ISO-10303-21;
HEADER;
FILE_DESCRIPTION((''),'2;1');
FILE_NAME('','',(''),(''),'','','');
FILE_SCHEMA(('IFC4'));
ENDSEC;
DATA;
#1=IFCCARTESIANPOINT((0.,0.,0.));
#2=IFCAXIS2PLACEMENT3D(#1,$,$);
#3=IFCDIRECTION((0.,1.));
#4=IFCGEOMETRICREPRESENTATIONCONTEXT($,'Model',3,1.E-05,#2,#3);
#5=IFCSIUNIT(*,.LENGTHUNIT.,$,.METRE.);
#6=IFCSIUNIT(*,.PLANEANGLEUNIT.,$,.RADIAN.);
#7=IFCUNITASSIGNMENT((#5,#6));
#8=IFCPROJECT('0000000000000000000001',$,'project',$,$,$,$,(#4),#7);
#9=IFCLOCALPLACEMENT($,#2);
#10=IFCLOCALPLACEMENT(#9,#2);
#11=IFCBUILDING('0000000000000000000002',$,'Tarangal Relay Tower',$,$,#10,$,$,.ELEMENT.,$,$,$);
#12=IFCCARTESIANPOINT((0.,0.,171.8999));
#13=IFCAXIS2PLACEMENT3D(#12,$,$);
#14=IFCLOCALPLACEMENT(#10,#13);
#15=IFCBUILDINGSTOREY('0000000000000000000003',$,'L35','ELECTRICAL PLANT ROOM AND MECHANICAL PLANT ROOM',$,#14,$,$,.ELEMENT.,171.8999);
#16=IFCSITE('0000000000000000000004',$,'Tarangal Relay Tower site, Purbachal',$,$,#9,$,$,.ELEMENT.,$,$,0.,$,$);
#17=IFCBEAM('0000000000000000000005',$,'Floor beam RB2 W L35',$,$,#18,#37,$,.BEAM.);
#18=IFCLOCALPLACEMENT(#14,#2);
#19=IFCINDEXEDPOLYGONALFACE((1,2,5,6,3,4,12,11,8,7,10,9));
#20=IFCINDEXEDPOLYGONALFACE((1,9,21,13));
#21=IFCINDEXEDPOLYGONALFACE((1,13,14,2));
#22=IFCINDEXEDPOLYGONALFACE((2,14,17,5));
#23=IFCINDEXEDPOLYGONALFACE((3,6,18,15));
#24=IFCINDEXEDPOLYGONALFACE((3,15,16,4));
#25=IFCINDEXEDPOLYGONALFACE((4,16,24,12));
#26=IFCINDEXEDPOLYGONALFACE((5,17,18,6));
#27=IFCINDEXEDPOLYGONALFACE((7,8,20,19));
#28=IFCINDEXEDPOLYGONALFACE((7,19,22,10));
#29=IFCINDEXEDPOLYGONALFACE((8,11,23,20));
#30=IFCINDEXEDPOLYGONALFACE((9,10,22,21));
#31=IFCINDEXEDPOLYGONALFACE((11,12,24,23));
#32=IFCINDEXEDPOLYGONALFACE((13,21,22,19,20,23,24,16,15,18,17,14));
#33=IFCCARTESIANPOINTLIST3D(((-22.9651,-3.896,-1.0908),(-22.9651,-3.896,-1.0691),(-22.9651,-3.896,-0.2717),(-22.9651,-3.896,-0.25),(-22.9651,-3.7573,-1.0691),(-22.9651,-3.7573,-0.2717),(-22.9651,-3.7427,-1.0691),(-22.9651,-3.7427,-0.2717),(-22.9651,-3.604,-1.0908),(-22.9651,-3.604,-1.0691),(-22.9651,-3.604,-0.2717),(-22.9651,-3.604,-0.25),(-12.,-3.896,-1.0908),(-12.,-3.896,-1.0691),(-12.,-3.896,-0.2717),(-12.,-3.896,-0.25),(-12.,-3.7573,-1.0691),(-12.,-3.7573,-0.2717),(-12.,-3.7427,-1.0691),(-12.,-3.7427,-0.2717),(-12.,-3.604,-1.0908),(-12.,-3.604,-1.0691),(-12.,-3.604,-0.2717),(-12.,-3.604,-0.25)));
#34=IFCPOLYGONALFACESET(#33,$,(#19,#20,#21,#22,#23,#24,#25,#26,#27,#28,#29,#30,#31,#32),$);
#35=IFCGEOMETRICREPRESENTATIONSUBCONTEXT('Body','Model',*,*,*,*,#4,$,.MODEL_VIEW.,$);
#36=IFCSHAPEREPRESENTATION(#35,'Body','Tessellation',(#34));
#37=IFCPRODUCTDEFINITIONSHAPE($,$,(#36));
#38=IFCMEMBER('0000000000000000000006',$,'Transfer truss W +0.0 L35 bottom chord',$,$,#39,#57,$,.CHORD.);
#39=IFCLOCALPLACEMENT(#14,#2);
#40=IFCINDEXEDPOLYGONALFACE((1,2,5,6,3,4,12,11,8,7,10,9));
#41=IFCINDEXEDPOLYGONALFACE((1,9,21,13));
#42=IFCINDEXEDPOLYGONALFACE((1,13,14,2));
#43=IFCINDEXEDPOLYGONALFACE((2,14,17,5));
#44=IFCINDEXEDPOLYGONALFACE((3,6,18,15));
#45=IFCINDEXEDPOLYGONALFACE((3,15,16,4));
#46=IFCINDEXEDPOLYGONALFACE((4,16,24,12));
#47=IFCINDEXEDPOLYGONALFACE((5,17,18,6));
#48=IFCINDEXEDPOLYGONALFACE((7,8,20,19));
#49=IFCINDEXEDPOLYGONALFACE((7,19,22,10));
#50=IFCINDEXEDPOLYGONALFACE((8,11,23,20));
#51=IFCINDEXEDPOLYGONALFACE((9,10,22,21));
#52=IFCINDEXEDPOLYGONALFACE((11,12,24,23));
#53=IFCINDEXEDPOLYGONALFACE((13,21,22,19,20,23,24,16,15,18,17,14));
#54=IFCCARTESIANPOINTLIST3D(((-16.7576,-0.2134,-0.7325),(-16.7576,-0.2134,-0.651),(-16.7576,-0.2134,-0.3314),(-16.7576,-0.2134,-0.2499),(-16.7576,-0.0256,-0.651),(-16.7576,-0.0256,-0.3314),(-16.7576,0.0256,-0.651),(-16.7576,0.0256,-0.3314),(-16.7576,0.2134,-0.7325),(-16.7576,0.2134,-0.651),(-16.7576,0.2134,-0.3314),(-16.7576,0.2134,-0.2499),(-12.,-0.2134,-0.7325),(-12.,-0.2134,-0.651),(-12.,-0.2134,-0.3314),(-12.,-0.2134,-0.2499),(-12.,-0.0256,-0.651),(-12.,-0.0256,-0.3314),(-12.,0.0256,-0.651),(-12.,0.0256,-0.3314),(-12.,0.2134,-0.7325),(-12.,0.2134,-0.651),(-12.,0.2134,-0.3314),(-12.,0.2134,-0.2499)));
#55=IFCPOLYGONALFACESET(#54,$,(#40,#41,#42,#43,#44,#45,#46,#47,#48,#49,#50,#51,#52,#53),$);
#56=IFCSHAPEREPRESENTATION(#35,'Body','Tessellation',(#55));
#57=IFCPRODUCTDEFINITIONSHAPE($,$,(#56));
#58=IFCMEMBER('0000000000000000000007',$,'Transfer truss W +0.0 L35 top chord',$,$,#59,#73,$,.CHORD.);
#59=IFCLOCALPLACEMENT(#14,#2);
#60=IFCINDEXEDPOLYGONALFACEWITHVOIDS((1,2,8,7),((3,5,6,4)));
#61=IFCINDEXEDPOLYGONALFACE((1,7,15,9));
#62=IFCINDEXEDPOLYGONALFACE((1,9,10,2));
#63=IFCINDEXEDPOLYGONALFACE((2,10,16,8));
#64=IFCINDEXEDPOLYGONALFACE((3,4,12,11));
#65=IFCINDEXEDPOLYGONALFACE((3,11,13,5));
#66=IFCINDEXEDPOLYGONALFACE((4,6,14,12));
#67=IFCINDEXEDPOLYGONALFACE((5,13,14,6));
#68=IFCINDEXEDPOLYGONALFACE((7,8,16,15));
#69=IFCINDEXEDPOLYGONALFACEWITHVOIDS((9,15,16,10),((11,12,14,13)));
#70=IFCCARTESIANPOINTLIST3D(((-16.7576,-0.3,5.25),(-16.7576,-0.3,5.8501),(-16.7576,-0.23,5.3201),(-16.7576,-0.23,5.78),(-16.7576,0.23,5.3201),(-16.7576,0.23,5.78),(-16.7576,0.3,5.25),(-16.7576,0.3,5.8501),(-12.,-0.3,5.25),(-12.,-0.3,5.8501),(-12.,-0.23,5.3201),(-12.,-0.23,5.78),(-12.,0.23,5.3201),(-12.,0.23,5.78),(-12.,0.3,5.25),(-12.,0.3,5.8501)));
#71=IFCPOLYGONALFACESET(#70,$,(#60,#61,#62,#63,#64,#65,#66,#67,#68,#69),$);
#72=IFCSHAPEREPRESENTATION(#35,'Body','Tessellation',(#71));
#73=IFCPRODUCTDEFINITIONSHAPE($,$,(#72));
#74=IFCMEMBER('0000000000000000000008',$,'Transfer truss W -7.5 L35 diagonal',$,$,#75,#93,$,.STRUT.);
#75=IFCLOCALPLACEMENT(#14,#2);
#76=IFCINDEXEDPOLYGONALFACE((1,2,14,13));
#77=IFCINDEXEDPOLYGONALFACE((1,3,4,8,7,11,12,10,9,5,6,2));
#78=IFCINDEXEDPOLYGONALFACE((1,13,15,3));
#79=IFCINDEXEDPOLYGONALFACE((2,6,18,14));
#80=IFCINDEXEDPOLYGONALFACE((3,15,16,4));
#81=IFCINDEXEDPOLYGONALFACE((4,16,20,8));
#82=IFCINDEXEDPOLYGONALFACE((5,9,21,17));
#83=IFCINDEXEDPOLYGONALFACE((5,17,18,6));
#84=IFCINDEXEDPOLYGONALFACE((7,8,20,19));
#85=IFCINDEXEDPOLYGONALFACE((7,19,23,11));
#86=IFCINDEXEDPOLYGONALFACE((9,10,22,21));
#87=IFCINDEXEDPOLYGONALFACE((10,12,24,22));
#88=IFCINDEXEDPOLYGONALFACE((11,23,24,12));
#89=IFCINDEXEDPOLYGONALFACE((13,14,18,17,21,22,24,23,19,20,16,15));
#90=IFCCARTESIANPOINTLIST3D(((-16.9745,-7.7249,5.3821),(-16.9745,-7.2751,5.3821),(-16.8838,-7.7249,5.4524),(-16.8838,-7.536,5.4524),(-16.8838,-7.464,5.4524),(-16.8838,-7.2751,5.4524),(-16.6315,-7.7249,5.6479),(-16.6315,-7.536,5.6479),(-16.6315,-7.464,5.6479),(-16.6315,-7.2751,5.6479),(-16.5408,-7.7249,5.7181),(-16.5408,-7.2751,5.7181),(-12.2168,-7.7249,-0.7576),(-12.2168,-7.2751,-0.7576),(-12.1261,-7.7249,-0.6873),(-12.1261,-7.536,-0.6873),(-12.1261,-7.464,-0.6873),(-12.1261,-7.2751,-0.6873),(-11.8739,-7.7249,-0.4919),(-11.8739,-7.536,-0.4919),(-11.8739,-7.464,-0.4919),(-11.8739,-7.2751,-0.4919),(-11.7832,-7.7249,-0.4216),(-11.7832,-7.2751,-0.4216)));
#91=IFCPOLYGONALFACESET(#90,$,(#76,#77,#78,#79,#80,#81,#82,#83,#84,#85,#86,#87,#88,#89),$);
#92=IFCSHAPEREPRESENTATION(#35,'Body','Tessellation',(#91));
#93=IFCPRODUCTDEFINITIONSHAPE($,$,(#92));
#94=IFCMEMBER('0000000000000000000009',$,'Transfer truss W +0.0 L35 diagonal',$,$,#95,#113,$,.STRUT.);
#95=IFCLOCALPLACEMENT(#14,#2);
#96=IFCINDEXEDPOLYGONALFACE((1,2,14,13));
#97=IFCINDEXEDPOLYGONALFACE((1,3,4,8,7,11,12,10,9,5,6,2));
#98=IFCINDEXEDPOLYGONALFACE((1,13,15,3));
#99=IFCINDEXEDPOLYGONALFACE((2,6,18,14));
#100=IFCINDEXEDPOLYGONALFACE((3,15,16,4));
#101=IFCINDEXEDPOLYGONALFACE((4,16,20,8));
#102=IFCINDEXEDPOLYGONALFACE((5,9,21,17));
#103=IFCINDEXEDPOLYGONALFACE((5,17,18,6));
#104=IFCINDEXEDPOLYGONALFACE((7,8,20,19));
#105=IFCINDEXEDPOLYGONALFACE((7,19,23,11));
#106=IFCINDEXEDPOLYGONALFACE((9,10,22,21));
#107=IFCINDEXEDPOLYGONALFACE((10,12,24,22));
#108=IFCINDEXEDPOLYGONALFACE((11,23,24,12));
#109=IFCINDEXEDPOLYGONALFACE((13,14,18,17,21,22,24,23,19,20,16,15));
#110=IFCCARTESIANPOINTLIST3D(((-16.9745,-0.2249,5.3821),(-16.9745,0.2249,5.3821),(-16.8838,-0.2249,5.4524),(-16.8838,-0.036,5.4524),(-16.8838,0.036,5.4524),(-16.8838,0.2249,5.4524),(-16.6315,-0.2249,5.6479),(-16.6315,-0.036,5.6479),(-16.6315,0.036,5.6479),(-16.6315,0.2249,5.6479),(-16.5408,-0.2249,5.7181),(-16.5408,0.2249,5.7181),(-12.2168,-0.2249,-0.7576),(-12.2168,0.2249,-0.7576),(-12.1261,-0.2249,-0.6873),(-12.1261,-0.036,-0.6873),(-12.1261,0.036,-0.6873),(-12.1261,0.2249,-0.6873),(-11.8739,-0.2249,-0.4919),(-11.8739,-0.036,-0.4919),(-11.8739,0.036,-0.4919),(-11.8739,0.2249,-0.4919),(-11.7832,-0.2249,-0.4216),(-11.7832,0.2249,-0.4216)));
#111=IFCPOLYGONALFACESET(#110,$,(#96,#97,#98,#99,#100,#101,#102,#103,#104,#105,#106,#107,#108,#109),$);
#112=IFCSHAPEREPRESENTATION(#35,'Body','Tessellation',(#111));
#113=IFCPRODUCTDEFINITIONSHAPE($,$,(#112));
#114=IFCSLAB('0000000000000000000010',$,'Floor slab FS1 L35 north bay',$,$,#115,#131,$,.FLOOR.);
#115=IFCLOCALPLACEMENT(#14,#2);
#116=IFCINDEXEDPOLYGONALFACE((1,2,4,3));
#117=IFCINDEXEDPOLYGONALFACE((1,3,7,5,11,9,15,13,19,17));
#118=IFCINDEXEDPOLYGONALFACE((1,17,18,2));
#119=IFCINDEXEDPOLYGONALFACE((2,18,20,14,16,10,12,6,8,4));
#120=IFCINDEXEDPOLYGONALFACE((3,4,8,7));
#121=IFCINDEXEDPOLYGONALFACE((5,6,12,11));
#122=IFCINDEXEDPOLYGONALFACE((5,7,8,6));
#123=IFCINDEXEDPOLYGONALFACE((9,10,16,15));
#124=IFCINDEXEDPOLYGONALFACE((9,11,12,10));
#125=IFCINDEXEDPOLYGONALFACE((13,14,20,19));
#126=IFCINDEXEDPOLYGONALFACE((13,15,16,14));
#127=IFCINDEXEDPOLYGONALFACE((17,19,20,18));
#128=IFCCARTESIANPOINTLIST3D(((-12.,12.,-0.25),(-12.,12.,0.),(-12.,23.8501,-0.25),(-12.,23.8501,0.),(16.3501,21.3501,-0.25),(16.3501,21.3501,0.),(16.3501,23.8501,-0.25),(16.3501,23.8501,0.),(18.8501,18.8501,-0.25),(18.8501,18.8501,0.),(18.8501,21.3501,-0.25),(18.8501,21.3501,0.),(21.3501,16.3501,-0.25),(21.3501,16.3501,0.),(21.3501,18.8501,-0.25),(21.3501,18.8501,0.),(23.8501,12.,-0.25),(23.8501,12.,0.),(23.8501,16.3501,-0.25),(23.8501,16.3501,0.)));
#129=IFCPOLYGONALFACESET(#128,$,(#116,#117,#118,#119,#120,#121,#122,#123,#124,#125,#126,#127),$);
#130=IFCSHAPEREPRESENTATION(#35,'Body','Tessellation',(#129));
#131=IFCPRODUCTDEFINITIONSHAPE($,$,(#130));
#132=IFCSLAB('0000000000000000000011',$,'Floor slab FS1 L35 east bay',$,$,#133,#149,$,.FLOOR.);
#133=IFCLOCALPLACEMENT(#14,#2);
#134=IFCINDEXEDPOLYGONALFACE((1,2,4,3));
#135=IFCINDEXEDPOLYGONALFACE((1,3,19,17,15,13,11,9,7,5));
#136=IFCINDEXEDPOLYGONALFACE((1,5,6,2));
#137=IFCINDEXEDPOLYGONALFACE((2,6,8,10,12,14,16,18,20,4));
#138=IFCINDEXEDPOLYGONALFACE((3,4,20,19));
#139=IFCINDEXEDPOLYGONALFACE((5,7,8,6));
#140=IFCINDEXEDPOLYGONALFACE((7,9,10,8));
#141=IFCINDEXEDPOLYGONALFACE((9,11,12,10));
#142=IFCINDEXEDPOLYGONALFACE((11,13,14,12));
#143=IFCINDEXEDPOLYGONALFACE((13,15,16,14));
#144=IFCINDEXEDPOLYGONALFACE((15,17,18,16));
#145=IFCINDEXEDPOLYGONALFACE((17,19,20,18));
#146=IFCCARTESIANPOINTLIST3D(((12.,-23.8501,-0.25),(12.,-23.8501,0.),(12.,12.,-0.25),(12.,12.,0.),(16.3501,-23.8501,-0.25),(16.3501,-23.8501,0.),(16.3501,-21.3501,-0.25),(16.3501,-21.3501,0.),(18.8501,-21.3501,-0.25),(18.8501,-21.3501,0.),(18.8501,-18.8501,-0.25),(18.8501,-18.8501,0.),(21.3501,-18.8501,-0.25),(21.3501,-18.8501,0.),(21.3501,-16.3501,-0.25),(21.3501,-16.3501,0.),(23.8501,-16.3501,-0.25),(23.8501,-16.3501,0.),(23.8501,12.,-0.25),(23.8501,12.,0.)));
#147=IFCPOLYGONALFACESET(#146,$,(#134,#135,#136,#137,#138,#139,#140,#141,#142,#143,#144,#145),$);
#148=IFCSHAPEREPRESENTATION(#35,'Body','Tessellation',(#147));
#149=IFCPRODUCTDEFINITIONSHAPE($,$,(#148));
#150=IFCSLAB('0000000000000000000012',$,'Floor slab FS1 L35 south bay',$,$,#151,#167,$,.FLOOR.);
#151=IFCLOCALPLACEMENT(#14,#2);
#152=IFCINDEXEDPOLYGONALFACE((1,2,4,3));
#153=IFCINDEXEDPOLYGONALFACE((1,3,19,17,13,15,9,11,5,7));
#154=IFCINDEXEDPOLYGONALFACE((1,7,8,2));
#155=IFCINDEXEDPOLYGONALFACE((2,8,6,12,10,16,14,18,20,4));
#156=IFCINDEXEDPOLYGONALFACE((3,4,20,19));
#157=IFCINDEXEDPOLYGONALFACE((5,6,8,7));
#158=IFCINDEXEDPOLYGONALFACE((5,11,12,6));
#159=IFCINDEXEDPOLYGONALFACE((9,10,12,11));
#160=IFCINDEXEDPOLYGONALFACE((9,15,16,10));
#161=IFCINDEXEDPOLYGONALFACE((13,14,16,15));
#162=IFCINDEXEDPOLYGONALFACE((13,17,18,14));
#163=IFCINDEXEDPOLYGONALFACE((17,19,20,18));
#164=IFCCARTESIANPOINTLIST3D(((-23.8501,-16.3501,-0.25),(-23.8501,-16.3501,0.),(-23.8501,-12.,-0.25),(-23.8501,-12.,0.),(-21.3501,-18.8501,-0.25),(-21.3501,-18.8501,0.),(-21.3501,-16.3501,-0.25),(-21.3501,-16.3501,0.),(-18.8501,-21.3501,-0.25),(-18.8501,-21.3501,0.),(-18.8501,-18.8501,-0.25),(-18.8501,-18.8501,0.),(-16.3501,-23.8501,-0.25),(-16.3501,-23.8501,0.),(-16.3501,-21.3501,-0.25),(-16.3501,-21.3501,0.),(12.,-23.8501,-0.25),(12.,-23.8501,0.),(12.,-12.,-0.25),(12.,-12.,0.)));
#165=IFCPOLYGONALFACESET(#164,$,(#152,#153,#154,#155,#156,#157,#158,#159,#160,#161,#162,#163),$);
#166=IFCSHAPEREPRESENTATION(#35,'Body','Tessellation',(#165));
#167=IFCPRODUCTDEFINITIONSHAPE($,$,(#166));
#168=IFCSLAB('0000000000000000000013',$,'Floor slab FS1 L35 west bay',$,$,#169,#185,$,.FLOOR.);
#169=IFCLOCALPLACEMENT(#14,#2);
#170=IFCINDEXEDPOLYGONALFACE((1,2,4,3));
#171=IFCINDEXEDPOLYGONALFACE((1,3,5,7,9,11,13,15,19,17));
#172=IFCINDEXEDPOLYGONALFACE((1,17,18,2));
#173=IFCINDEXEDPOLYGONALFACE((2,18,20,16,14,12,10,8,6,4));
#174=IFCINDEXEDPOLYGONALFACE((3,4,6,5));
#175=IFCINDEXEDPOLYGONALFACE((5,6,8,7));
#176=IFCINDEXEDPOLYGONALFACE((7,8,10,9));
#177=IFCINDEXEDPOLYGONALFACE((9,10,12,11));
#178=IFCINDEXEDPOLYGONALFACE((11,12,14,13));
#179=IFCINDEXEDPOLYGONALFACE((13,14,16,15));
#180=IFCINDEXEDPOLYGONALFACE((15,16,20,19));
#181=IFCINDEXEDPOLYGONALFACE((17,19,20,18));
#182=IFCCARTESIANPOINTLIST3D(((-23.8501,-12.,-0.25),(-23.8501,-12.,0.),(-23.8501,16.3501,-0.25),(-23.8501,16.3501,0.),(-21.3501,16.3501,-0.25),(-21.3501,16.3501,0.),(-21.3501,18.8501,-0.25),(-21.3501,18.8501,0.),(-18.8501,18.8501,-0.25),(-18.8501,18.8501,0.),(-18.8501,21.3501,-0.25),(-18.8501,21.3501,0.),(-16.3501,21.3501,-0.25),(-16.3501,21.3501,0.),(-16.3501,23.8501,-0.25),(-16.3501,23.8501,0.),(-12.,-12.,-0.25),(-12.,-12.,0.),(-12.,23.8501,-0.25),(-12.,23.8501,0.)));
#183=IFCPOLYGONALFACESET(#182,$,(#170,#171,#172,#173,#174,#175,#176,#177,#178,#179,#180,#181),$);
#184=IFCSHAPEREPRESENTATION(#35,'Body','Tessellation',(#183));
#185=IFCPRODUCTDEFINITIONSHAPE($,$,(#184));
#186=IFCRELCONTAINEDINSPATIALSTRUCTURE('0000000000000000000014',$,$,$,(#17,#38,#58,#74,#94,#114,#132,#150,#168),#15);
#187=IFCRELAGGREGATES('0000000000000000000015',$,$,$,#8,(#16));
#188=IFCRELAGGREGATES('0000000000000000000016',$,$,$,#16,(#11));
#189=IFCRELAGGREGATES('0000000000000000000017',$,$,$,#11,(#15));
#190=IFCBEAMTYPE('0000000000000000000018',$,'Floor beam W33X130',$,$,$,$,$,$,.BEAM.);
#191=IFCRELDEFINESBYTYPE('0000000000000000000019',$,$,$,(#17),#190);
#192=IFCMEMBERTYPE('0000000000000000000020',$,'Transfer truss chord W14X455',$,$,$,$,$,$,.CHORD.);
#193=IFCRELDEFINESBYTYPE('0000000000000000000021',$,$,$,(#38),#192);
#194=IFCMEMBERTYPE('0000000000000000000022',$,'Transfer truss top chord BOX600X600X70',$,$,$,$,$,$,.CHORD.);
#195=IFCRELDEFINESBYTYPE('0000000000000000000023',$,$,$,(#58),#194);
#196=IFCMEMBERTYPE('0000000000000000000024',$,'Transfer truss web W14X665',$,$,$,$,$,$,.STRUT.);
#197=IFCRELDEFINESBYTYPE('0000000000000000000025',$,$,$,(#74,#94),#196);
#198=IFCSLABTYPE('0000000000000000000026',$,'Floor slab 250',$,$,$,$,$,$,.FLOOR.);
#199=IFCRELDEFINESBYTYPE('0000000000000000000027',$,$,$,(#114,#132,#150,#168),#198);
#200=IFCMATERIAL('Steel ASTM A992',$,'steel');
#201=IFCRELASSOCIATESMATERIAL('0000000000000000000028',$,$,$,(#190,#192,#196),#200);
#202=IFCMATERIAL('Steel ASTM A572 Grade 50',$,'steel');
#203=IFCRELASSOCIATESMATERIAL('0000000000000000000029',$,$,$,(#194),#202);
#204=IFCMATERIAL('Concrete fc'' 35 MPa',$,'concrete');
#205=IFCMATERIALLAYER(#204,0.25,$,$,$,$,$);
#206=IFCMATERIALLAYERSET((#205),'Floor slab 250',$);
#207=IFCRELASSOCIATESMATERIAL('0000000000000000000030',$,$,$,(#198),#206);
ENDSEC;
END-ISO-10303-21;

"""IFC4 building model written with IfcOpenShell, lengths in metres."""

from ifc_helpers import new_model, si_unit, direction, frame, origin, origin_2d, place, context, subcontext, project, spatial, polyline, hollow_rectangle, i_section, outline, extrude, material, layer, layer_set, material_profile, profile_set, type_object, element, save


model = new_model("IFC4")

# Units and contexts
model_context = context("Model", 3, precision=1e-05, world=origin(), true_north=direction((0.0, 1.0)))
body_context = subcontext(model_context, "Body", "Model", "MODEL_VIEW")
ifc_project = project(units=[si_unit("LENGTHUNIT", "METRE"), si_unit("PLANEANGLEUNIT", "RADIAN")], contexts=[model_context])

# Site, building, storey
site_placement = place(None, origin())
site = spatial("IfcSite", under=ifc_project, at=site_placement, Name="Tarangal Relay Tower site, Purbachal", CompositionType="ELEMENT", RefElevation=0.0)
building_placement = place(site_placement, origin())
building = spatial("IfcBuilding", under=site, at=building_placement, Name="Tarangal Relay Tower", CompositionType="ELEMENT")
storey_placement = place(building_placement, frame((0.0, 0.0, 171.8999)))
storey = spatial("IfcBuildingStorey", under=building, at=storey_placement, Name="L35", Description="ELECTRICAL PLANT ROOM AND MECHANICAL PLANT ROOM", CompositionType="ELEMENT", Elevation=171.8999)

# Beam
ifc_material_1 = material(Name="Steel ASTM A992", Category="steel")
ifc_material_profile_1 = material_profile(ifc_material_1, i_section(OverallWidth=0.292, OverallDepth=0.8408, WebThickness=0.0146, FlangeThickness=0.0217, at=origin_2d()), Name="W33X130")
ifc_profile_set_1 = profile_set([ifc_material_profile_1], Name="Steel ASTM A992")
beam_type = type_object("IfcBeamType", Name="Floor beam W33X130", PredefinedType="BEAM", material=ifc_profile_set_1)
beam_placement = place(storey_placement, frame((-12.0, -3.75, -0.6704), z_axis=(-1.0, 0.0, 0.0), x_axis=(0.0, -1.0, 0.0)))
element("IfcBeam", 1, at=beam_placement, inside=storey, type_object=beam_type, Name="Floor beam RB2 W L35", PredefinedType="BEAM", context=body_context, shape_type="SweptSolid", body=[
    extrude(i_section(OverallWidth=0.292, OverallDepth=0.8408, WebThickness=0.0146, FlangeThickness=0.0217, at=origin_2d()), origin(), (0.0, 0.0, 1.0), 10.9651),
])

# Members
ifc_material_profile_2 = material_profile(ifc_material_1, i_section(OverallWidth=0.4268, OverallDepth=0.4827, WebThickness=0.0513, FlangeThickness=0.0815, at=origin_2d()), Name="W14X455")
ifc_profile_set_2 = profile_set([ifc_material_profile_2], Name="Steel ASTM A992")
member_type_1 = type_object("IfcMemberType", Name="Transfer truss chord W14X455", PredefinedType="CHORD", material=ifc_profile_set_2)
member_1_placement = place(storey_placement, frame((-12.0, 0.0, -0.4912), z_axis=(-1.0, 0.0, 0.0), x_axis=(0.0, -1.0, 0.0)))
element("IfcMember", 2, at=member_1_placement, inside=storey, type_object=member_type_1, Name="Transfer truss W +0.0 L35 bottom chord", PredefinedType="CHORD", context=body_context, shape_type="SweptSolid", body=[
    extrude(i_section(OverallWidth=0.4268, OverallDepth=0.4827, WebThickness=0.0513, FlangeThickness=0.0815, at=origin_2d()), origin(), (0.0, 0.0, 1.0), 4.7576),
])
ifc_material_2 = material(Name="Steel ASTM A572 Grade 50", Category="steel")
ifc_material_profile_3 = material_profile(ifc_material_2, hollow_rectangle(XDim=0.6001, YDim=0.6001, WallThickness=0.0701, at=origin_2d()), Name="BOX600X600X70")
ifc_profile_set_3 = profile_set([ifc_material_profile_3], Name="Steel ASTM A572 Grade 50")
member_type_2 = type_object("IfcMemberType", Name="Transfer truss top chord BOX600X600X70", PredefinedType="CHORD", material=ifc_profile_set_3)
member_2_placement = place(storey_placement, frame((-12.0, 0.0, 5.55), z_axis=(-1.0, 0.0, 0.0), x_axis=(0.0, -1.0, 0.0)))
element("IfcMember", 3, at=member_2_placement, inside=storey, type_object=member_type_2, Name="Transfer truss W +0.0 L35 top chord", PredefinedType="CHORD", context=body_context, shape_type="SweptSolid", body=[
    extrude(hollow_rectangle(XDim=0.6001, YDim=0.6001, WallThickness=0.0701, at=origin_2d()), origin(), (0.0, 0.0, 1.0), 4.7576),
])
ifc_material_profile_4 = material_profile(ifc_material_1, i_section(OverallWidth=0.4497, OverallDepth=0.5486, WebThickness=0.072, FlangeThickness=0.1147, at=origin_2d()), Name="W14X665")
ifc_profile_set_4 = profile_set([ifc_material_profile_4], Name="Steel ASTM A992")
member_type_3 = type_object("IfcMemberType", Name="Transfer truss web W14X665", PredefinedType="STRUT", material=ifc_profile_set_4)
for number, where, z_axis, x_axis, name in (
    (4, (-12.0, -7.5, -0.5896), (-0.612519, 0.0, 0.790456), (0.0, -1.0, 0.0), "Transfer truss W -7.5 L35 diagonal"),
    (5, (-12.0, 0.0, -0.5896), (-0.612519, 0.0, 0.790456), (0.0, -1.0, 0.0), "Transfer truss W +0.0 L35 diagonal"),
):
    element("IfcMember", number, at=place(storey_placement, frame(where, z_axis=z_axis, x_axis=x_axis)), inside=storey, type_object=member_type_3, Name=name, PredefinedType="STRUT", context=body_context, shape_type="SweptSolid", body=[
        extrude(i_section(OverallWidth=0.4497, OverallDepth=0.5486, WebThickness=0.072, FlangeThickness=0.1147, at=origin_2d()), origin(), (0.0, 0.0, 1.0), 7.7673),
    ])

# Slabs
ifc_material_3 = material(Name="Concrete fc' 35 MPa", Category="concrete")
ifc_layer_1 = layer(ifc_material_3, 0.25)
ifc_layer_set_1 = layer_set([ifc_layer_1], Name="Floor slab 250")
slab_type = type_object("IfcSlabType", Name="Floor slab 250", PredefinedType="FLOOR", material=ifc_layer_set_1)
slab_1_placement = place(storey_placement, frame((0.0, 0.0, -0.25)))
element("IfcSlab", 6, at=slab_1_placement, inside=storey, type_object=slab_type, Name="Floor slab FS1 L35 north bay", PredefinedType="FLOOR", context=body_context, shape_type="SweptSolid", body=[
    extrude(outline(polyline([(16.3501, 23.8501), (16.3501, 21.3501), (18.8501, 21.3501), (18.8501, 18.8501), (21.3501, 18.8501), (21.3501, 16.3501), (23.8501, 16.3501), (23.8501, 12.0), (-12.0, 12.0), (-12.0, 23.8501), (16.3501, 23.8501)])), origin(), (0.0, 0.0, 1.0), 0.25),
])
slab_2_placement = place(storey_placement, frame((0.0, 0.0, -0.25)))
element("IfcSlab", 7, at=slab_2_placement, inside=storey, type_object=slab_type, Name="Floor slab FS1 L35 east bay", PredefinedType="FLOOR", context=body_context, shape_type="SweptSolid", body=[
    extrude(outline(polyline([(23.8501, -16.3501), (21.3501, -16.3501), (21.3501, -18.8501), (18.8501, -18.8501), (18.8501, -21.3501), (16.3501, -21.3501), (16.3501, -23.8501), (12.0, -23.8501), (12.0, 12.0), (23.8501, 12.0), (23.8501, -16.3501)])), origin(), (0.0, 0.0, 1.0), 0.25),
])
slab_3_placement = place(storey_placement, frame((0.0, 0.0, -0.25)))
element("IfcSlab", 8, at=slab_3_placement, inside=storey, type_object=slab_type, Name="Floor slab FS1 L35 south bay", PredefinedType="FLOOR", context=body_context, shape_type="SweptSolid", body=[
    extrude(outline(polyline([(-16.3501, -23.8501), (-16.3501, -21.3501), (-18.8501, -21.3501), (-18.8501, -18.8501), (-21.3501, -18.8501), (-21.3501, -16.3501), (-23.8501, -16.3501), (-23.8501, -12.0), (12.0, -12.0), (12.0, -23.8501), (-16.3501, -23.8501)])), origin(), (0.0, 0.0, 1.0), 0.25),
])
slab_4_placement = place(storey_placement, frame((0.0, 0.0, -0.25)))
element("IfcSlab", 9, at=slab_4_placement, inside=storey, type_object=slab_type, Name="Floor slab FS1 L35 west bay", PredefinedType="FLOOR", context=body_context, shape_type="SweptSolid", body=[
    extrude(outline(polyline([(-12.0, 23.8501), (-12.0, -12.0), (-23.8501, -12.0), (-23.8501, 16.3501), (-21.3501, 16.3501), (-21.3501, 18.8501), (-18.8501, 18.8501), (-18.8501, 21.3501), (-16.3501, 21.3501), (-16.3501, 23.8501), (-12.0, 23.8501)])), origin(), (0.0, 0.0, 1.0), 0.25),
])

save(model, "model.ifc")
